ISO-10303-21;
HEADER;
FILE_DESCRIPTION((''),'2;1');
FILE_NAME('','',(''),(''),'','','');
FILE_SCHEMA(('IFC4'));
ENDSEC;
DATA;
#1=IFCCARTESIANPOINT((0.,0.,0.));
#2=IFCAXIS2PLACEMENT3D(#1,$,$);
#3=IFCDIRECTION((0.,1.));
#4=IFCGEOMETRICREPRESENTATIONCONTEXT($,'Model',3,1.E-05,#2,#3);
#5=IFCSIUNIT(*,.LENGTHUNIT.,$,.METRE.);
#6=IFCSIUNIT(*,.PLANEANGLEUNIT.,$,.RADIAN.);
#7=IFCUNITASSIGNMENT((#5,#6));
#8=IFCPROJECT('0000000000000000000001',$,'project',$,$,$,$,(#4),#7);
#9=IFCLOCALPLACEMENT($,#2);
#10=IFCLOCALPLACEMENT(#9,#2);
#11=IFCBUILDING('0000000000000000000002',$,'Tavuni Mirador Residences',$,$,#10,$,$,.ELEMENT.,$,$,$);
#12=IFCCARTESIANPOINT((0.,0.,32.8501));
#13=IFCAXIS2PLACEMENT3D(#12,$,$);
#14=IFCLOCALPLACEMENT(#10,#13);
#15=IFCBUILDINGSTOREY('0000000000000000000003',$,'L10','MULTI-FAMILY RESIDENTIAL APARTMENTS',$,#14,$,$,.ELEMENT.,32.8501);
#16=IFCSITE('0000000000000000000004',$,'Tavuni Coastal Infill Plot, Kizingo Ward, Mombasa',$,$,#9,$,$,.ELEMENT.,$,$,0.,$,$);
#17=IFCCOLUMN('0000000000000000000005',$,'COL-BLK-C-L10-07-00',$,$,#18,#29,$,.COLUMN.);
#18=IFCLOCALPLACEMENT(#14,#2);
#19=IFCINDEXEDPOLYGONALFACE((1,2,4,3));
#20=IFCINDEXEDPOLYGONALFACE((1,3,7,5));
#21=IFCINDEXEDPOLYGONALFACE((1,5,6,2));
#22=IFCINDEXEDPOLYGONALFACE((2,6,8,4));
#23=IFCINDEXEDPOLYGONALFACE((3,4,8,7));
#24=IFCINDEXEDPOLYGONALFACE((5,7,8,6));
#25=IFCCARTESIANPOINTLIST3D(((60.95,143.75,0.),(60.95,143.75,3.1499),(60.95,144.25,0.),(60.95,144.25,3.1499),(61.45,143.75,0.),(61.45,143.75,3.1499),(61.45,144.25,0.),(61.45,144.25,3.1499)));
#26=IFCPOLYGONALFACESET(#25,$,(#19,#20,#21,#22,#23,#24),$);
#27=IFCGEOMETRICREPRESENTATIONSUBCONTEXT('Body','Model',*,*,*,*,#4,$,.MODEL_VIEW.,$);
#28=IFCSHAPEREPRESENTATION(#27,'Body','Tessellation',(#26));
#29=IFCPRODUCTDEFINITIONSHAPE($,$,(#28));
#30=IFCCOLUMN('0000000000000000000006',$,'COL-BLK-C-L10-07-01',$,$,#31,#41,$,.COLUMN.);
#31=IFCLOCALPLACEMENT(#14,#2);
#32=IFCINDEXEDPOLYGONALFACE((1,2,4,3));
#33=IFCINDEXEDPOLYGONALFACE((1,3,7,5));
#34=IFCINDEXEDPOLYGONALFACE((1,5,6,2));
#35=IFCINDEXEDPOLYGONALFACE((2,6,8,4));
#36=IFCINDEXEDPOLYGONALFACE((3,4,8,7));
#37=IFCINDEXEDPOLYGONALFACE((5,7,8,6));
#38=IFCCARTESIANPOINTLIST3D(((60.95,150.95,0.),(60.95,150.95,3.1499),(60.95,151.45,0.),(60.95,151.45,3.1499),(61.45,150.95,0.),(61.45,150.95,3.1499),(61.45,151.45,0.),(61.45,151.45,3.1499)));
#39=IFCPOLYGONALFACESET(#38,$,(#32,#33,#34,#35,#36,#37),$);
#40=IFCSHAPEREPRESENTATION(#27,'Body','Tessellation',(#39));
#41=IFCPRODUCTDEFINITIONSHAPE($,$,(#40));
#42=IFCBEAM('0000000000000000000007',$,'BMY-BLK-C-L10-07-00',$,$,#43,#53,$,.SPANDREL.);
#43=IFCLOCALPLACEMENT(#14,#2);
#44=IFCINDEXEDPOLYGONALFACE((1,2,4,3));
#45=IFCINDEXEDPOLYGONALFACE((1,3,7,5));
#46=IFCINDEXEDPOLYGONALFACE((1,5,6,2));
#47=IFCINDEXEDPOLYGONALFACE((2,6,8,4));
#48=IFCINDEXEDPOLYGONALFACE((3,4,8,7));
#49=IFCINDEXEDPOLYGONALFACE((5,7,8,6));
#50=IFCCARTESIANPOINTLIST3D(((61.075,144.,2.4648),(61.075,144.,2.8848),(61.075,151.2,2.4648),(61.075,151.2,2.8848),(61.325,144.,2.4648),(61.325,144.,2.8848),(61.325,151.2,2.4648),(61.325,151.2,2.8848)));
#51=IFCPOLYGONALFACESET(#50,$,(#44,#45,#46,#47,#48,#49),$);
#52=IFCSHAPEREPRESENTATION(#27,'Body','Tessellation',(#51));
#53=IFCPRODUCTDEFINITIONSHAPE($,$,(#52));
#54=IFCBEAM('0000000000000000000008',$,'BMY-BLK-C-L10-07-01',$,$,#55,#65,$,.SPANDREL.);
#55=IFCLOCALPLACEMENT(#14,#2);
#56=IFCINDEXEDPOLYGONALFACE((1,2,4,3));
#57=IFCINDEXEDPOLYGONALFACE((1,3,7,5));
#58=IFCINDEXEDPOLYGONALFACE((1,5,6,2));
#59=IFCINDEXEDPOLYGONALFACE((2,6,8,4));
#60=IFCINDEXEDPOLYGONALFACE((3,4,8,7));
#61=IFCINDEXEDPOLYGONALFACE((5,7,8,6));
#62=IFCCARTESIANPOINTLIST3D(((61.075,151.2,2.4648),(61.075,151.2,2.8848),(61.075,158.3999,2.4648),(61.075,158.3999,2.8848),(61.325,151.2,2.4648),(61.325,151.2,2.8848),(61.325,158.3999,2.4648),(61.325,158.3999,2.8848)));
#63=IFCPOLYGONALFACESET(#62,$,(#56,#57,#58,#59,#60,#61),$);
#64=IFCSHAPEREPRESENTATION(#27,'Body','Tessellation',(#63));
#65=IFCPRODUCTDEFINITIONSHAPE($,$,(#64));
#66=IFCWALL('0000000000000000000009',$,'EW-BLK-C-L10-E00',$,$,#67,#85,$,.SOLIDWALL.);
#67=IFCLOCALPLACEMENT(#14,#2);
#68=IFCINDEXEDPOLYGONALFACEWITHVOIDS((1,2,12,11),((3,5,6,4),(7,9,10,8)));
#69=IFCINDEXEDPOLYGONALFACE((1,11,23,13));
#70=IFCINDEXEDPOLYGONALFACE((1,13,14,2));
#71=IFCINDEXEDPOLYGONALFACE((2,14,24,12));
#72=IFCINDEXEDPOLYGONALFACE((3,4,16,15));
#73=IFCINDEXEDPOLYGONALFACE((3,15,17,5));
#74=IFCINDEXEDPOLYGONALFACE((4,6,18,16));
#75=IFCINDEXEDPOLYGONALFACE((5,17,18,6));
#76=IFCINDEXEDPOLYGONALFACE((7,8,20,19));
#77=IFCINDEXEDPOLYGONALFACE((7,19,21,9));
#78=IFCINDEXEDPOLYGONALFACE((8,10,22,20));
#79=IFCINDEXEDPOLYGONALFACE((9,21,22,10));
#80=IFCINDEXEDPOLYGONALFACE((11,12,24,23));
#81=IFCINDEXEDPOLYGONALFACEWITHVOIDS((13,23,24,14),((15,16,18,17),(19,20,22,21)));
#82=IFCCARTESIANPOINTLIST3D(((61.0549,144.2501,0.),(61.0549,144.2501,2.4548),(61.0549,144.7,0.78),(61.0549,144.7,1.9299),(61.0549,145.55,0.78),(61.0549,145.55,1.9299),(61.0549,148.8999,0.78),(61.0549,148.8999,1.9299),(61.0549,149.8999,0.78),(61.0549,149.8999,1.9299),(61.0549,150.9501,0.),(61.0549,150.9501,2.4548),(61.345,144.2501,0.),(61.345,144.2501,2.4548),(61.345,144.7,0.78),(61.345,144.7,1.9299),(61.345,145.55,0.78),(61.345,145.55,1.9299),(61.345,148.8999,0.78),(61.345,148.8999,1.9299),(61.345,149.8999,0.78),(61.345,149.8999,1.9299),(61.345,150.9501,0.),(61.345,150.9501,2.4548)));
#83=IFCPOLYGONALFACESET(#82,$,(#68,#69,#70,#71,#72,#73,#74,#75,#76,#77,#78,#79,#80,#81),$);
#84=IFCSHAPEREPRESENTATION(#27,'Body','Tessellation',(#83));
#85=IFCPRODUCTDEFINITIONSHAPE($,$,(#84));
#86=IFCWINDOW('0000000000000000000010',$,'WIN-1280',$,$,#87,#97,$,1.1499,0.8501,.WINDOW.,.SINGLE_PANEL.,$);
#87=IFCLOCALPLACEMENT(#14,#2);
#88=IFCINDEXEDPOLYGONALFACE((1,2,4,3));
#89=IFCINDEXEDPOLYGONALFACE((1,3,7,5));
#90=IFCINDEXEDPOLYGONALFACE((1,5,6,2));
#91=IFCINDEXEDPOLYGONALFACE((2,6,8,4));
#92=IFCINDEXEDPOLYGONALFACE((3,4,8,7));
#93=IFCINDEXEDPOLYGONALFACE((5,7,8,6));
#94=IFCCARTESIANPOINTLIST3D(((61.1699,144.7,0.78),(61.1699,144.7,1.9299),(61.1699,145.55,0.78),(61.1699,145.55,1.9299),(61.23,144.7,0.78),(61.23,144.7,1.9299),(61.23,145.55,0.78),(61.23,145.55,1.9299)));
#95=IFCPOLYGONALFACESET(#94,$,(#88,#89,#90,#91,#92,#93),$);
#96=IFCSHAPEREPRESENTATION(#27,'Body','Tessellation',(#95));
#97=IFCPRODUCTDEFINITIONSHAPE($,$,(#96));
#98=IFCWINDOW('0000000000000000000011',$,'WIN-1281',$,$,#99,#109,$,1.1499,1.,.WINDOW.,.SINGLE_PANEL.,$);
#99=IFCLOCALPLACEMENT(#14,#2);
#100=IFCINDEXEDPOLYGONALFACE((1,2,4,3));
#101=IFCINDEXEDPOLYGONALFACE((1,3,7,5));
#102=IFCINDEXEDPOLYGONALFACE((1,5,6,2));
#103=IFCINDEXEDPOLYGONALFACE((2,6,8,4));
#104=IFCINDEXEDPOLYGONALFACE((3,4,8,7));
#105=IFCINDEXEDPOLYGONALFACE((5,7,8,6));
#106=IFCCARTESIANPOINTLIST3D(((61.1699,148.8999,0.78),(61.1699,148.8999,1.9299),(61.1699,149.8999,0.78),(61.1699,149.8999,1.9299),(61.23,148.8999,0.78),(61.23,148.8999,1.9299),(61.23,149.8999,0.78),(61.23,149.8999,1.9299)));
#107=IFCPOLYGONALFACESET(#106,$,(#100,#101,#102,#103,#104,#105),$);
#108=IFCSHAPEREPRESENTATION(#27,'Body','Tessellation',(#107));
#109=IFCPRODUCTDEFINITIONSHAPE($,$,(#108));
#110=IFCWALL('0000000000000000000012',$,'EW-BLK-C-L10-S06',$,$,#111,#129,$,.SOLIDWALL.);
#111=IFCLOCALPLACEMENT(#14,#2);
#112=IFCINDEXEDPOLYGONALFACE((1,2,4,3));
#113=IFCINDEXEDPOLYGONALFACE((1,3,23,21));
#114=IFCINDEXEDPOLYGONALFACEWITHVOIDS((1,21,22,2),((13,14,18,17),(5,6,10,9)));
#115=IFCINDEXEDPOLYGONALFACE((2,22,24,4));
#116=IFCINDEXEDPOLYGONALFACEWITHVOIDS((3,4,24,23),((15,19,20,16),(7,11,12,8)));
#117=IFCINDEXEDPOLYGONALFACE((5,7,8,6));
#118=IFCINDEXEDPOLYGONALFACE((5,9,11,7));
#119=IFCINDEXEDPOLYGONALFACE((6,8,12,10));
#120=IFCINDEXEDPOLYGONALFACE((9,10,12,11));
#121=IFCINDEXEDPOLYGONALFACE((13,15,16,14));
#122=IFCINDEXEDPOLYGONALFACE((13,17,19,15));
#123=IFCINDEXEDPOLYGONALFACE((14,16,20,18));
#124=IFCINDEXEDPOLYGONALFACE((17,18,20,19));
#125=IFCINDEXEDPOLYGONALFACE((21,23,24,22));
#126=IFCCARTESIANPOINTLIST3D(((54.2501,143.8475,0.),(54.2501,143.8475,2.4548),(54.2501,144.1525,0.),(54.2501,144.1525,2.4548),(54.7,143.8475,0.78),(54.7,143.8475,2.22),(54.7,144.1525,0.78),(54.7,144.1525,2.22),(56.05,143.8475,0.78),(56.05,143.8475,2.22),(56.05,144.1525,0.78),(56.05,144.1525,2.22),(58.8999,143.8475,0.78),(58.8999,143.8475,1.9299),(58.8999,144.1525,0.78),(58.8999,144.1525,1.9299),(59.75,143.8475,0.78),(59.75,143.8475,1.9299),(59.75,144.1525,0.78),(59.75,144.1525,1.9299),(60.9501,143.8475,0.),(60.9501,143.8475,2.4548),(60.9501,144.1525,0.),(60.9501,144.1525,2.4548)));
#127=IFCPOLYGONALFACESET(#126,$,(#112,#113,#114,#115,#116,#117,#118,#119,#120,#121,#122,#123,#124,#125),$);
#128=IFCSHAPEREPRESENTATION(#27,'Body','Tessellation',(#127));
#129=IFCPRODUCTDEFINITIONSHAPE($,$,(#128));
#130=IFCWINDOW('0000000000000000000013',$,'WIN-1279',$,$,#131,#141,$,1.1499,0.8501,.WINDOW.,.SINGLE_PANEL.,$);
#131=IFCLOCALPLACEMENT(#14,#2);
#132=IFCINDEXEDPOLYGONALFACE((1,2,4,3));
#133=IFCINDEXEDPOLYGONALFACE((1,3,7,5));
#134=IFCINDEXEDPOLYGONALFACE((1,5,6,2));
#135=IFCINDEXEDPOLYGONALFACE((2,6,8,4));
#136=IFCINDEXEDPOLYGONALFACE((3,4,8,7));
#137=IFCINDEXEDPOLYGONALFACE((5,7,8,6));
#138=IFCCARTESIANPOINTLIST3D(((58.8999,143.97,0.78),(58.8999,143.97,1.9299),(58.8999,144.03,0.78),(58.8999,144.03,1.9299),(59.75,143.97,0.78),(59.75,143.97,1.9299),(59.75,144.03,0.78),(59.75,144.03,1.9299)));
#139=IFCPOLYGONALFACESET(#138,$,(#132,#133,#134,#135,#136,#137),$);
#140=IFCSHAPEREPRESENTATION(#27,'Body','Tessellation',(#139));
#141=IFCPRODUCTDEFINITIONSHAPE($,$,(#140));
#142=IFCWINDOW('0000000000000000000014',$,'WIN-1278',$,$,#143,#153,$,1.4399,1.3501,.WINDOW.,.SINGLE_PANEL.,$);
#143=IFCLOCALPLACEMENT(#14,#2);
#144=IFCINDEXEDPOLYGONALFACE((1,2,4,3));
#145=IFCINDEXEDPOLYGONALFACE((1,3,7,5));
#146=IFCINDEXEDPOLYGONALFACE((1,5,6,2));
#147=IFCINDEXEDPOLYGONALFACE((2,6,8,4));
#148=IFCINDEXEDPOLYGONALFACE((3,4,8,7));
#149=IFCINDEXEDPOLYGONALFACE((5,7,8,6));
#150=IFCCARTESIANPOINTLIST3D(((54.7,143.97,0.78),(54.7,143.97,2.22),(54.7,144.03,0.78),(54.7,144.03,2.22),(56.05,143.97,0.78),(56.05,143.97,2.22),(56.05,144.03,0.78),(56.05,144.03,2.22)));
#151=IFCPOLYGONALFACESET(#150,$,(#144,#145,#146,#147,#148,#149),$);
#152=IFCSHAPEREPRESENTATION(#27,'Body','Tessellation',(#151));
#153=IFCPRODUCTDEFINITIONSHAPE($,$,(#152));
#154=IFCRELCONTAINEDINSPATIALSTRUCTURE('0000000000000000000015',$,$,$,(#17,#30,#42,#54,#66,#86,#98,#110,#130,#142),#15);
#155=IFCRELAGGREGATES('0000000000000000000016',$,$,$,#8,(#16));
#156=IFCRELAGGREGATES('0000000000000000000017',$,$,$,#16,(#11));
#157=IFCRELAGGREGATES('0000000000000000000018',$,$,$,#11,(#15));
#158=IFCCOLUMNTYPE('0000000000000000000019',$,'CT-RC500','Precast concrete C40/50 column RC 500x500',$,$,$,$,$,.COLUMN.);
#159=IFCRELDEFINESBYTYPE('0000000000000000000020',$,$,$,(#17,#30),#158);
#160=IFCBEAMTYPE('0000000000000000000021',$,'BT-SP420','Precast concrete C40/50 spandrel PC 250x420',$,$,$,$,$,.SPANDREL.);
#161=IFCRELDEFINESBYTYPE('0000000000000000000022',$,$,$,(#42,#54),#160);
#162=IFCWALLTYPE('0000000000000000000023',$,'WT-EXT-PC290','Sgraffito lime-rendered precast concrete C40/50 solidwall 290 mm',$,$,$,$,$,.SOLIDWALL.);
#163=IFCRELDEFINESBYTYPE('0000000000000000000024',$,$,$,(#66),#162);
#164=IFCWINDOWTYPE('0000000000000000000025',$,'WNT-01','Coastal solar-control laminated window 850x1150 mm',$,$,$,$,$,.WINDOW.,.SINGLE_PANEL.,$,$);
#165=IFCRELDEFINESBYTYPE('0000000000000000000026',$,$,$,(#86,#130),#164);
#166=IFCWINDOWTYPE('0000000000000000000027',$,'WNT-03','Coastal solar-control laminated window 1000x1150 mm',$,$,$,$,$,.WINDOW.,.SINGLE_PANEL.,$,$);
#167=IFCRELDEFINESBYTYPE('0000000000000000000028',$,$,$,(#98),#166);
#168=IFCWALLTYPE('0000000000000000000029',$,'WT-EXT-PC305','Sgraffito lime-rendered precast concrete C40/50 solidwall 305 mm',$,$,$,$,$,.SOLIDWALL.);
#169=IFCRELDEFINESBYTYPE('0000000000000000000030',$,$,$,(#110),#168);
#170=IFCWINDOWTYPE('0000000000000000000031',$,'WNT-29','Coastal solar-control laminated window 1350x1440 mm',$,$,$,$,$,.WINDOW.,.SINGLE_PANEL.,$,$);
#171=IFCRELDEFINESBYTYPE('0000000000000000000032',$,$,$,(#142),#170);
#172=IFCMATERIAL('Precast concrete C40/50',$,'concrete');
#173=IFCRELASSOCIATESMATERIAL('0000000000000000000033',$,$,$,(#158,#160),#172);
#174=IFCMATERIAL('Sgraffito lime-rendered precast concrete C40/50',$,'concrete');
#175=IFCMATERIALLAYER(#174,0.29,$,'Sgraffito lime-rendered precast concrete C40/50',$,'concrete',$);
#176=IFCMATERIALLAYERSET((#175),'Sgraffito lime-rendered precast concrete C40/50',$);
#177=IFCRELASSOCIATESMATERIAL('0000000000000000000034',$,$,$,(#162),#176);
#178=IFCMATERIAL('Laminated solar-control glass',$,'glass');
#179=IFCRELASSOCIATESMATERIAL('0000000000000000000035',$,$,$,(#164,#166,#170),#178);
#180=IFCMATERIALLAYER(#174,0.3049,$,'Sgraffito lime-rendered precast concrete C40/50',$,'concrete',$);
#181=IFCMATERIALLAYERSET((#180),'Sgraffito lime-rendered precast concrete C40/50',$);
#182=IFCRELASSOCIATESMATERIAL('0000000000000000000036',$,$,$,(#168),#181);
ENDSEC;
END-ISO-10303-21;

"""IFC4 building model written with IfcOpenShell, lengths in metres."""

from ifc_helpers import new_model, si_unit, direction, frame, frame_2d, origin, origin_2d, place, context, subcontext, project, spatial, rectangle, extrude, material, layer, layer_set, material_profile, profile_set, type_object, element, fill, save


model = new_model("IFC4")

# Units and contexts
model_context = context("Model", 3, precision=1e-05, world=origin(), true_north=direction((0.0, 1.0)))
body_context = subcontext(model_context, "Body", "Model", "MODEL_VIEW")
ifc_project = project(units=[si_unit("LENGTHUNIT", "METRE"), si_unit("PLANEANGLEUNIT", "RADIAN")], contexts=[model_context])

# Site, building, storey
site_placement = place(None, origin())
site = spatial("IfcSite", under=ifc_project, at=site_placement, Name="Tavuni Coastal Infill Plot, Kizingo Ward, Mombasa", CompositionType="ELEMENT", RefElevation=0.0)
building_placement = place(site_placement, origin())
building = spatial("IfcBuilding", under=site, at=building_placement, Name="Tavuni Mirador Residences", CompositionType="ELEMENT")
storey_placement = place(building_placement, frame((0.0, 0.0, 32.8501)))
storey = spatial("IfcBuildingStorey", under=building, at=storey_placement, Name="L10", Description="MULTI-FAMILY RESIDENTIAL APARTMENTS", CompositionType="ELEMENT", Elevation=32.8501)

# Columns
ifc_material_1 = material(Name="Precast concrete C40/50", Category="concrete")
ifc_material_profile_1 = material_profile(ifc_material_1, rectangle(XDim=0.5, YDim=0.5, at=origin_2d()), Name="RC 500x500", Category="concrete")
ifc_profile_set_1 = profile_set([ifc_material_profile_1], Name="Precast concrete C40/50")
column_type = type_object("IfcColumnType", Name="CT-RC500", Description="Precast concrete C40/50 column RC 500x500", PredefinedType="COLUMN", material=ifc_profile_set_1)
for number, where, z_axis, x_axis, name in (
    (1, (61.2, 144.0, 0.0), (0.0, 0.0, 1.0), (1.0, 0.0, 0.0), "COL-BLK-C-L10-07-00"),
    (2, (61.2, 151.2, 0.0), (0.0, 0.0, 1.0), (1.0, 0.0, 0.0), "COL-BLK-C-L10-07-01"),
):
    element("IfcColumn", number, at=place(storey_placement, frame(where, z_axis=z_axis, x_axis=x_axis)), inside=storey, type_object=column_type, Name=name, PredefinedType="COLUMN", context=body_context, shape_type="SweptSolid", body=[
        extrude(rectangle(XDim=0.5, YDim=0.5, at=origin_2d()), origin(), (0.0, 0.0, 1.0), 3.1499),
    ])

# Beams
ifc_material_profile_2 = material_profile(ifc_material_1, rectangle(XDim=0.25, YDim=0.4199, at=origin_2d()), Name="PC 250x420", Category="concrete")
ifc_profile_set_2 = profile_set([ifc_material_profile_2], Name="Precast concrete C40/50")
beam_type = type_object("IfcBeamType", Name="BT-SP420", Description="Precast concrete C40/50 spandrel PC 250x420", PredefinedType="SPANDREL", material=ifc_profile_set_2)
for number, where, z_axis, x_axis, name in (
    (3, (61.2, 144.0, 2.6748), (0.0, 1.0, 0.0), (-1.0, 0.0, 0.0), "BMY-BLK-C-L10-07-00"),
    (4, (61.2, 151.2, 2.6748), (0.0, 1.0, 0.0), (-1.0, 0.0, 0.0), "BMY-BLK-C-L10-07-01"),
):
    element("IfcBeam", number, at=place(storey_placement, frame(where, z_axis=z_axis, x_axis=x_axis)), inside=storey, type_object=beam_type, Name=name, PredefinedType="SPANDREL", context=body_context, shape_type="SweptSolid", body=[
        extrude(rectangle(XDim=0.25, YDim=0.4199, at=origin_2d()), origin(), (0.0, 0.0, 1.0), 7.2),
    ])

# Walls, openings, windows
ifc_material_2 = material(Name="Sgraffito lime-rendered precast concrete C40/50", Category="concrete")
ifc_layer_1 = layer(ifc_material_2, 0.29, Name="Sgraffito lime-rendered precast concrete C40/50", Category="concrete")
ifc_layer_set_1 = layer_set([ifc_layer_1], Name="Sgraffito lime-rendered precast concrete C40/50")
wall_type_1 = type_object("IfcWallType", Name="WT-EXT-PC290", Description="Sgraffito lime-rendered precast concrete C40/50 solidwall 290 mm", PredefinedType="SOLIDWALL", material=ifc_layer_set_1)
wall_1_placement = place(storey_placement, frame((61.2, 144.25, 0.0), z_axis=(0.0, 0.0, 1.0), x_axis=(0.0, 1.0, 0.0)))
wall_1 = element("IfcWall", 5, at=wall_1_placement, inside=storey, type_object=wall_type_1, Name="EW-BLK-C-L10-E00", PredefinedType="SOLIDWALL", context=body_context, shape_type="SweptSolid", body=[
    extrude(rectangle(XDim=6.7, YDim=0.29, at=frame_2d((3.3501, 0.0))), origin(), (0.0, 0.0, 1.0), 2.4548),
])
opening_1_placement = place(wall_1_placement, frame((0.45, 0.0, 0.78)))
opening_1 = element("IfcOpeningElement", 6, at=opening_1_placement, cuts=wall_1, PredefinedType="OPENING", context=body_context, shape_type="SweptSolid", body=[
    extrude(rectangle(XDim=0.8501, YDim=1.1499, at=frame_2d((0.425, 0.575))), frame((0.0, 0.155, 0.0), z_axis=(0.0, -1.0, 0.0), x_axis=(1.0, 0.0, 0.0)), (0.0, 0.0, 1.0), 0.3101),
])
opening_2_placement = place(wall_1_placement, frame((4.6499, 0.0, 0.78)))
opening_2 = element("IfcOpeningElement", 7, at=opening_2_placement, cuts=wall_1, PredefinedType="OPENING", context=body_context, shape_type="SweptSolid", body=[
    extrude(rectangle(XDim=1.0, YDim=1.1499, at=frame_2d((0.5, 0.575))), frame((0.0, 0.155, 0.0), z_axis=(0.0, -1.0, 0.0), x_axis=(1.0, 0.0, 0.0)), (0.0, 0.0, 1.0), 0.3101),
])
ifc_material_3 = material(Name="Laminated solar-control glass", Category="glass")
window_type_1 = type_object("IfcWindowType", Name="WNT-01", Description="Coastal solar-control laminated window 850x1150 mm", PartitioningType="SINGLE_PANEL", PredefinedType="WINDOW", material=ifc_material_3)
window_1_placement = place(opening_1_placement, origin())
window_1 = element("IfcWindow", 8, at=window_1_placement, inside=storey, type_object=window_type_1, Name="WIN-1280", OverallHeight=1.1499, OverallWidth=0.8501, PartitioningType="SINGLE_PANEL", PredefinedType="WINDOW", context=body_context, shape_type="SweptSolid", body=[
    extrude(rectangle(XDim=0.8501, YDim=1.1499, at=frame_2d((0.425, 0.575))), frame((0.0, 0.03, 0.0), z_axis=(0.0, -1.0, 0.0), x_axis=(1.0, 0.0, 0.0)), (0.0, 0.0, 1.0), 0.0601),
])
fill(opening_1, window_1)
window_type_2 = type_object("IfcWindowType", Name="WNT-03", Description="Coastal solar-control laminated window 1000x1150 mm", PartitioningType="SINGLE_PANEL", PredefinedType="WINDOW", material=ifc_material_3)
window_2_placement = place(opening_2_placement, origin())
window_2 = element("IfcWindow", 9, at=window_2_placement, inside=storey, type_object=window_type_2, Name="WIN-1281", OverallHeight=1.1499, OverallWidth=1.0, PartitioningType="SINGLE_PANEL", PredefinedType="WINDOW", context=body_context, shape_type="SweptSolid", body=[
    extrude(rectangle(XDim=1.0, YDim=1.1499, at=frame_2d((0.5, 0.575))), frame((0.0, 0.03, 0.0), z_axis=(0.0, -1.0, 0.0), x_axis=(1.0, 0.0, 0.0)), (0.0, 0.0, 1.0), 0.0601),
])
fill(opening_2, window_2)
ifc_layer_2 = layer(ifc_material_2, 0.3049, Name="Sgraffito lime-rendered precast concrete C40/50", Category="concrete")
ifc_layer_set_2 = layer_set([ifc_layer_2], Name="Sgraffito lime-rendered precast concrete C40/50")
wall_type_2 = type_object("IfcWallType", Name="WT-EXT-PC305", Description="Sgraffito lime-rendered precast concrete C40/50 solidwall 305 mm", PredefinedType="SOLIDWALL", material=ifc_layer_set_2)
wall_2_placement = place(storey_placement, frame((54.25, 144.0, 0.0), z_axis=(0.0, 0.0, 1.0), x_axis=(1.0, 0.0, 0.0)))
wall_2 = element("IfcWall", 10, at=wall_2_placement, inside=storey, type_object=wall_type_2, Name="EW-BLK-C-L10-S06", PredefinedType="SOLIDWALL", context=body_context, shape_type="SweptSolid", body=[
    extrude(rectangle(XDim=6.7, YDim=0.3049, at=frame_2d((3.3501, 0.0))), origin(), (0.0, 0.0, 1.0), 2.4548),
])
opening_3_placement = place(wall_2_placement, frame((0.45, 0.0, 0.78)))
opening_3 = element("IfcOpeningElement", 11, at=opening_3_placement, cuts=wall_2, PredefinedType="OPENING", context=body_context, shape_type="SweptSolid", body=[
    extrude(rectangle(XDim=1.3501, YDim=1.4399, at=frame_2d((0.675, 0.72))), frame((0.0, 0.1626, 0.0), z_axis=(0.0, -1.0, 0.0), x_axis=(1.0, 0.0, 0.0)), (0.0, 0.0, 1.0), 0.325),
])
opening_4_placement = place(wall_2_placement, frame((4.6499, 0.0, 0.78)))
opening_4 = element("IfcOpeningElement", 12, at=opening_4_placement, cuts=wall_2, PredefinedType="OPENING", context=body_context, shape_type="SweptSolid", body=[
    extrude(rectangle(XDim=0.8501, YDim=1.1499, at=frame_2d((0.425, 0.575))), frame((0.0, 0.1626, 0.0), z_axis=(0.0, -1.0, 0.0), x_axis=(1.0, 0.0, 0.0)), (0.0, 0.0, 1.0), 0.325),
])
window_3_placement = place(opening_4_placement, origin())
window_3 = element("IfcWindow", 13, at=window_3_placement, inside=storey, type_object=window_type_1, Name="WIN-1279", OverallHeight=1.1499, OverallWidth=0.8501, PartitioningType="SINGLE_PANEL", PredefinedType="WINDOW", context=body_context, shape_type="SweptSolid", body=[
    extrude(rectangle(XDim=0.8501, YDim=1.1499, at=frame_2d((0.425, 0.575))), frame((0.0, 0.03, 0.0), z_axis=(0.0, -1.0, 0.0), x_axis=(1.0, 0.0, 0.0)), (0.0, 0.0, 1.0), 0.0601),
])
fill(opening_4, window_3)
window_type_3 = type_object("IfcWindowType", Name="WNT-29", Description="Coastal solar-control laminated window 1350x1440 mm", PartitioningType="SINGLE_PANEL", PredefinedType="WINDOW", material=ifc_material_3)
window_4_placement = place(opening_3_placement, origin())
window_4 = element("IfcWindow", 14, at=window_4_placement, inside=storey, type_object=window_type_3, Name="WIN-1278", OverallHeight=1.4399, OverallWidth=1.3501, PartitioningType="SINGLE_PANEL", PredefinedType="WINDOW", context=body_context, shape_type="SweptSolid", body=[
    extrude(rectangle(XDim=1.3501, YDim=1.4399, at=frame_2d((0.675, 0.72))), frame((0.0, 0.03, 0.0), z_axis=(0.0, -1.0, 0.0), x_axis=(1.0, 0.0, 0.0)), (0.0, 0.0, 1.0), 0.0601),
])
fill(opening_3, window_4)

save(model, "model.ifc")
